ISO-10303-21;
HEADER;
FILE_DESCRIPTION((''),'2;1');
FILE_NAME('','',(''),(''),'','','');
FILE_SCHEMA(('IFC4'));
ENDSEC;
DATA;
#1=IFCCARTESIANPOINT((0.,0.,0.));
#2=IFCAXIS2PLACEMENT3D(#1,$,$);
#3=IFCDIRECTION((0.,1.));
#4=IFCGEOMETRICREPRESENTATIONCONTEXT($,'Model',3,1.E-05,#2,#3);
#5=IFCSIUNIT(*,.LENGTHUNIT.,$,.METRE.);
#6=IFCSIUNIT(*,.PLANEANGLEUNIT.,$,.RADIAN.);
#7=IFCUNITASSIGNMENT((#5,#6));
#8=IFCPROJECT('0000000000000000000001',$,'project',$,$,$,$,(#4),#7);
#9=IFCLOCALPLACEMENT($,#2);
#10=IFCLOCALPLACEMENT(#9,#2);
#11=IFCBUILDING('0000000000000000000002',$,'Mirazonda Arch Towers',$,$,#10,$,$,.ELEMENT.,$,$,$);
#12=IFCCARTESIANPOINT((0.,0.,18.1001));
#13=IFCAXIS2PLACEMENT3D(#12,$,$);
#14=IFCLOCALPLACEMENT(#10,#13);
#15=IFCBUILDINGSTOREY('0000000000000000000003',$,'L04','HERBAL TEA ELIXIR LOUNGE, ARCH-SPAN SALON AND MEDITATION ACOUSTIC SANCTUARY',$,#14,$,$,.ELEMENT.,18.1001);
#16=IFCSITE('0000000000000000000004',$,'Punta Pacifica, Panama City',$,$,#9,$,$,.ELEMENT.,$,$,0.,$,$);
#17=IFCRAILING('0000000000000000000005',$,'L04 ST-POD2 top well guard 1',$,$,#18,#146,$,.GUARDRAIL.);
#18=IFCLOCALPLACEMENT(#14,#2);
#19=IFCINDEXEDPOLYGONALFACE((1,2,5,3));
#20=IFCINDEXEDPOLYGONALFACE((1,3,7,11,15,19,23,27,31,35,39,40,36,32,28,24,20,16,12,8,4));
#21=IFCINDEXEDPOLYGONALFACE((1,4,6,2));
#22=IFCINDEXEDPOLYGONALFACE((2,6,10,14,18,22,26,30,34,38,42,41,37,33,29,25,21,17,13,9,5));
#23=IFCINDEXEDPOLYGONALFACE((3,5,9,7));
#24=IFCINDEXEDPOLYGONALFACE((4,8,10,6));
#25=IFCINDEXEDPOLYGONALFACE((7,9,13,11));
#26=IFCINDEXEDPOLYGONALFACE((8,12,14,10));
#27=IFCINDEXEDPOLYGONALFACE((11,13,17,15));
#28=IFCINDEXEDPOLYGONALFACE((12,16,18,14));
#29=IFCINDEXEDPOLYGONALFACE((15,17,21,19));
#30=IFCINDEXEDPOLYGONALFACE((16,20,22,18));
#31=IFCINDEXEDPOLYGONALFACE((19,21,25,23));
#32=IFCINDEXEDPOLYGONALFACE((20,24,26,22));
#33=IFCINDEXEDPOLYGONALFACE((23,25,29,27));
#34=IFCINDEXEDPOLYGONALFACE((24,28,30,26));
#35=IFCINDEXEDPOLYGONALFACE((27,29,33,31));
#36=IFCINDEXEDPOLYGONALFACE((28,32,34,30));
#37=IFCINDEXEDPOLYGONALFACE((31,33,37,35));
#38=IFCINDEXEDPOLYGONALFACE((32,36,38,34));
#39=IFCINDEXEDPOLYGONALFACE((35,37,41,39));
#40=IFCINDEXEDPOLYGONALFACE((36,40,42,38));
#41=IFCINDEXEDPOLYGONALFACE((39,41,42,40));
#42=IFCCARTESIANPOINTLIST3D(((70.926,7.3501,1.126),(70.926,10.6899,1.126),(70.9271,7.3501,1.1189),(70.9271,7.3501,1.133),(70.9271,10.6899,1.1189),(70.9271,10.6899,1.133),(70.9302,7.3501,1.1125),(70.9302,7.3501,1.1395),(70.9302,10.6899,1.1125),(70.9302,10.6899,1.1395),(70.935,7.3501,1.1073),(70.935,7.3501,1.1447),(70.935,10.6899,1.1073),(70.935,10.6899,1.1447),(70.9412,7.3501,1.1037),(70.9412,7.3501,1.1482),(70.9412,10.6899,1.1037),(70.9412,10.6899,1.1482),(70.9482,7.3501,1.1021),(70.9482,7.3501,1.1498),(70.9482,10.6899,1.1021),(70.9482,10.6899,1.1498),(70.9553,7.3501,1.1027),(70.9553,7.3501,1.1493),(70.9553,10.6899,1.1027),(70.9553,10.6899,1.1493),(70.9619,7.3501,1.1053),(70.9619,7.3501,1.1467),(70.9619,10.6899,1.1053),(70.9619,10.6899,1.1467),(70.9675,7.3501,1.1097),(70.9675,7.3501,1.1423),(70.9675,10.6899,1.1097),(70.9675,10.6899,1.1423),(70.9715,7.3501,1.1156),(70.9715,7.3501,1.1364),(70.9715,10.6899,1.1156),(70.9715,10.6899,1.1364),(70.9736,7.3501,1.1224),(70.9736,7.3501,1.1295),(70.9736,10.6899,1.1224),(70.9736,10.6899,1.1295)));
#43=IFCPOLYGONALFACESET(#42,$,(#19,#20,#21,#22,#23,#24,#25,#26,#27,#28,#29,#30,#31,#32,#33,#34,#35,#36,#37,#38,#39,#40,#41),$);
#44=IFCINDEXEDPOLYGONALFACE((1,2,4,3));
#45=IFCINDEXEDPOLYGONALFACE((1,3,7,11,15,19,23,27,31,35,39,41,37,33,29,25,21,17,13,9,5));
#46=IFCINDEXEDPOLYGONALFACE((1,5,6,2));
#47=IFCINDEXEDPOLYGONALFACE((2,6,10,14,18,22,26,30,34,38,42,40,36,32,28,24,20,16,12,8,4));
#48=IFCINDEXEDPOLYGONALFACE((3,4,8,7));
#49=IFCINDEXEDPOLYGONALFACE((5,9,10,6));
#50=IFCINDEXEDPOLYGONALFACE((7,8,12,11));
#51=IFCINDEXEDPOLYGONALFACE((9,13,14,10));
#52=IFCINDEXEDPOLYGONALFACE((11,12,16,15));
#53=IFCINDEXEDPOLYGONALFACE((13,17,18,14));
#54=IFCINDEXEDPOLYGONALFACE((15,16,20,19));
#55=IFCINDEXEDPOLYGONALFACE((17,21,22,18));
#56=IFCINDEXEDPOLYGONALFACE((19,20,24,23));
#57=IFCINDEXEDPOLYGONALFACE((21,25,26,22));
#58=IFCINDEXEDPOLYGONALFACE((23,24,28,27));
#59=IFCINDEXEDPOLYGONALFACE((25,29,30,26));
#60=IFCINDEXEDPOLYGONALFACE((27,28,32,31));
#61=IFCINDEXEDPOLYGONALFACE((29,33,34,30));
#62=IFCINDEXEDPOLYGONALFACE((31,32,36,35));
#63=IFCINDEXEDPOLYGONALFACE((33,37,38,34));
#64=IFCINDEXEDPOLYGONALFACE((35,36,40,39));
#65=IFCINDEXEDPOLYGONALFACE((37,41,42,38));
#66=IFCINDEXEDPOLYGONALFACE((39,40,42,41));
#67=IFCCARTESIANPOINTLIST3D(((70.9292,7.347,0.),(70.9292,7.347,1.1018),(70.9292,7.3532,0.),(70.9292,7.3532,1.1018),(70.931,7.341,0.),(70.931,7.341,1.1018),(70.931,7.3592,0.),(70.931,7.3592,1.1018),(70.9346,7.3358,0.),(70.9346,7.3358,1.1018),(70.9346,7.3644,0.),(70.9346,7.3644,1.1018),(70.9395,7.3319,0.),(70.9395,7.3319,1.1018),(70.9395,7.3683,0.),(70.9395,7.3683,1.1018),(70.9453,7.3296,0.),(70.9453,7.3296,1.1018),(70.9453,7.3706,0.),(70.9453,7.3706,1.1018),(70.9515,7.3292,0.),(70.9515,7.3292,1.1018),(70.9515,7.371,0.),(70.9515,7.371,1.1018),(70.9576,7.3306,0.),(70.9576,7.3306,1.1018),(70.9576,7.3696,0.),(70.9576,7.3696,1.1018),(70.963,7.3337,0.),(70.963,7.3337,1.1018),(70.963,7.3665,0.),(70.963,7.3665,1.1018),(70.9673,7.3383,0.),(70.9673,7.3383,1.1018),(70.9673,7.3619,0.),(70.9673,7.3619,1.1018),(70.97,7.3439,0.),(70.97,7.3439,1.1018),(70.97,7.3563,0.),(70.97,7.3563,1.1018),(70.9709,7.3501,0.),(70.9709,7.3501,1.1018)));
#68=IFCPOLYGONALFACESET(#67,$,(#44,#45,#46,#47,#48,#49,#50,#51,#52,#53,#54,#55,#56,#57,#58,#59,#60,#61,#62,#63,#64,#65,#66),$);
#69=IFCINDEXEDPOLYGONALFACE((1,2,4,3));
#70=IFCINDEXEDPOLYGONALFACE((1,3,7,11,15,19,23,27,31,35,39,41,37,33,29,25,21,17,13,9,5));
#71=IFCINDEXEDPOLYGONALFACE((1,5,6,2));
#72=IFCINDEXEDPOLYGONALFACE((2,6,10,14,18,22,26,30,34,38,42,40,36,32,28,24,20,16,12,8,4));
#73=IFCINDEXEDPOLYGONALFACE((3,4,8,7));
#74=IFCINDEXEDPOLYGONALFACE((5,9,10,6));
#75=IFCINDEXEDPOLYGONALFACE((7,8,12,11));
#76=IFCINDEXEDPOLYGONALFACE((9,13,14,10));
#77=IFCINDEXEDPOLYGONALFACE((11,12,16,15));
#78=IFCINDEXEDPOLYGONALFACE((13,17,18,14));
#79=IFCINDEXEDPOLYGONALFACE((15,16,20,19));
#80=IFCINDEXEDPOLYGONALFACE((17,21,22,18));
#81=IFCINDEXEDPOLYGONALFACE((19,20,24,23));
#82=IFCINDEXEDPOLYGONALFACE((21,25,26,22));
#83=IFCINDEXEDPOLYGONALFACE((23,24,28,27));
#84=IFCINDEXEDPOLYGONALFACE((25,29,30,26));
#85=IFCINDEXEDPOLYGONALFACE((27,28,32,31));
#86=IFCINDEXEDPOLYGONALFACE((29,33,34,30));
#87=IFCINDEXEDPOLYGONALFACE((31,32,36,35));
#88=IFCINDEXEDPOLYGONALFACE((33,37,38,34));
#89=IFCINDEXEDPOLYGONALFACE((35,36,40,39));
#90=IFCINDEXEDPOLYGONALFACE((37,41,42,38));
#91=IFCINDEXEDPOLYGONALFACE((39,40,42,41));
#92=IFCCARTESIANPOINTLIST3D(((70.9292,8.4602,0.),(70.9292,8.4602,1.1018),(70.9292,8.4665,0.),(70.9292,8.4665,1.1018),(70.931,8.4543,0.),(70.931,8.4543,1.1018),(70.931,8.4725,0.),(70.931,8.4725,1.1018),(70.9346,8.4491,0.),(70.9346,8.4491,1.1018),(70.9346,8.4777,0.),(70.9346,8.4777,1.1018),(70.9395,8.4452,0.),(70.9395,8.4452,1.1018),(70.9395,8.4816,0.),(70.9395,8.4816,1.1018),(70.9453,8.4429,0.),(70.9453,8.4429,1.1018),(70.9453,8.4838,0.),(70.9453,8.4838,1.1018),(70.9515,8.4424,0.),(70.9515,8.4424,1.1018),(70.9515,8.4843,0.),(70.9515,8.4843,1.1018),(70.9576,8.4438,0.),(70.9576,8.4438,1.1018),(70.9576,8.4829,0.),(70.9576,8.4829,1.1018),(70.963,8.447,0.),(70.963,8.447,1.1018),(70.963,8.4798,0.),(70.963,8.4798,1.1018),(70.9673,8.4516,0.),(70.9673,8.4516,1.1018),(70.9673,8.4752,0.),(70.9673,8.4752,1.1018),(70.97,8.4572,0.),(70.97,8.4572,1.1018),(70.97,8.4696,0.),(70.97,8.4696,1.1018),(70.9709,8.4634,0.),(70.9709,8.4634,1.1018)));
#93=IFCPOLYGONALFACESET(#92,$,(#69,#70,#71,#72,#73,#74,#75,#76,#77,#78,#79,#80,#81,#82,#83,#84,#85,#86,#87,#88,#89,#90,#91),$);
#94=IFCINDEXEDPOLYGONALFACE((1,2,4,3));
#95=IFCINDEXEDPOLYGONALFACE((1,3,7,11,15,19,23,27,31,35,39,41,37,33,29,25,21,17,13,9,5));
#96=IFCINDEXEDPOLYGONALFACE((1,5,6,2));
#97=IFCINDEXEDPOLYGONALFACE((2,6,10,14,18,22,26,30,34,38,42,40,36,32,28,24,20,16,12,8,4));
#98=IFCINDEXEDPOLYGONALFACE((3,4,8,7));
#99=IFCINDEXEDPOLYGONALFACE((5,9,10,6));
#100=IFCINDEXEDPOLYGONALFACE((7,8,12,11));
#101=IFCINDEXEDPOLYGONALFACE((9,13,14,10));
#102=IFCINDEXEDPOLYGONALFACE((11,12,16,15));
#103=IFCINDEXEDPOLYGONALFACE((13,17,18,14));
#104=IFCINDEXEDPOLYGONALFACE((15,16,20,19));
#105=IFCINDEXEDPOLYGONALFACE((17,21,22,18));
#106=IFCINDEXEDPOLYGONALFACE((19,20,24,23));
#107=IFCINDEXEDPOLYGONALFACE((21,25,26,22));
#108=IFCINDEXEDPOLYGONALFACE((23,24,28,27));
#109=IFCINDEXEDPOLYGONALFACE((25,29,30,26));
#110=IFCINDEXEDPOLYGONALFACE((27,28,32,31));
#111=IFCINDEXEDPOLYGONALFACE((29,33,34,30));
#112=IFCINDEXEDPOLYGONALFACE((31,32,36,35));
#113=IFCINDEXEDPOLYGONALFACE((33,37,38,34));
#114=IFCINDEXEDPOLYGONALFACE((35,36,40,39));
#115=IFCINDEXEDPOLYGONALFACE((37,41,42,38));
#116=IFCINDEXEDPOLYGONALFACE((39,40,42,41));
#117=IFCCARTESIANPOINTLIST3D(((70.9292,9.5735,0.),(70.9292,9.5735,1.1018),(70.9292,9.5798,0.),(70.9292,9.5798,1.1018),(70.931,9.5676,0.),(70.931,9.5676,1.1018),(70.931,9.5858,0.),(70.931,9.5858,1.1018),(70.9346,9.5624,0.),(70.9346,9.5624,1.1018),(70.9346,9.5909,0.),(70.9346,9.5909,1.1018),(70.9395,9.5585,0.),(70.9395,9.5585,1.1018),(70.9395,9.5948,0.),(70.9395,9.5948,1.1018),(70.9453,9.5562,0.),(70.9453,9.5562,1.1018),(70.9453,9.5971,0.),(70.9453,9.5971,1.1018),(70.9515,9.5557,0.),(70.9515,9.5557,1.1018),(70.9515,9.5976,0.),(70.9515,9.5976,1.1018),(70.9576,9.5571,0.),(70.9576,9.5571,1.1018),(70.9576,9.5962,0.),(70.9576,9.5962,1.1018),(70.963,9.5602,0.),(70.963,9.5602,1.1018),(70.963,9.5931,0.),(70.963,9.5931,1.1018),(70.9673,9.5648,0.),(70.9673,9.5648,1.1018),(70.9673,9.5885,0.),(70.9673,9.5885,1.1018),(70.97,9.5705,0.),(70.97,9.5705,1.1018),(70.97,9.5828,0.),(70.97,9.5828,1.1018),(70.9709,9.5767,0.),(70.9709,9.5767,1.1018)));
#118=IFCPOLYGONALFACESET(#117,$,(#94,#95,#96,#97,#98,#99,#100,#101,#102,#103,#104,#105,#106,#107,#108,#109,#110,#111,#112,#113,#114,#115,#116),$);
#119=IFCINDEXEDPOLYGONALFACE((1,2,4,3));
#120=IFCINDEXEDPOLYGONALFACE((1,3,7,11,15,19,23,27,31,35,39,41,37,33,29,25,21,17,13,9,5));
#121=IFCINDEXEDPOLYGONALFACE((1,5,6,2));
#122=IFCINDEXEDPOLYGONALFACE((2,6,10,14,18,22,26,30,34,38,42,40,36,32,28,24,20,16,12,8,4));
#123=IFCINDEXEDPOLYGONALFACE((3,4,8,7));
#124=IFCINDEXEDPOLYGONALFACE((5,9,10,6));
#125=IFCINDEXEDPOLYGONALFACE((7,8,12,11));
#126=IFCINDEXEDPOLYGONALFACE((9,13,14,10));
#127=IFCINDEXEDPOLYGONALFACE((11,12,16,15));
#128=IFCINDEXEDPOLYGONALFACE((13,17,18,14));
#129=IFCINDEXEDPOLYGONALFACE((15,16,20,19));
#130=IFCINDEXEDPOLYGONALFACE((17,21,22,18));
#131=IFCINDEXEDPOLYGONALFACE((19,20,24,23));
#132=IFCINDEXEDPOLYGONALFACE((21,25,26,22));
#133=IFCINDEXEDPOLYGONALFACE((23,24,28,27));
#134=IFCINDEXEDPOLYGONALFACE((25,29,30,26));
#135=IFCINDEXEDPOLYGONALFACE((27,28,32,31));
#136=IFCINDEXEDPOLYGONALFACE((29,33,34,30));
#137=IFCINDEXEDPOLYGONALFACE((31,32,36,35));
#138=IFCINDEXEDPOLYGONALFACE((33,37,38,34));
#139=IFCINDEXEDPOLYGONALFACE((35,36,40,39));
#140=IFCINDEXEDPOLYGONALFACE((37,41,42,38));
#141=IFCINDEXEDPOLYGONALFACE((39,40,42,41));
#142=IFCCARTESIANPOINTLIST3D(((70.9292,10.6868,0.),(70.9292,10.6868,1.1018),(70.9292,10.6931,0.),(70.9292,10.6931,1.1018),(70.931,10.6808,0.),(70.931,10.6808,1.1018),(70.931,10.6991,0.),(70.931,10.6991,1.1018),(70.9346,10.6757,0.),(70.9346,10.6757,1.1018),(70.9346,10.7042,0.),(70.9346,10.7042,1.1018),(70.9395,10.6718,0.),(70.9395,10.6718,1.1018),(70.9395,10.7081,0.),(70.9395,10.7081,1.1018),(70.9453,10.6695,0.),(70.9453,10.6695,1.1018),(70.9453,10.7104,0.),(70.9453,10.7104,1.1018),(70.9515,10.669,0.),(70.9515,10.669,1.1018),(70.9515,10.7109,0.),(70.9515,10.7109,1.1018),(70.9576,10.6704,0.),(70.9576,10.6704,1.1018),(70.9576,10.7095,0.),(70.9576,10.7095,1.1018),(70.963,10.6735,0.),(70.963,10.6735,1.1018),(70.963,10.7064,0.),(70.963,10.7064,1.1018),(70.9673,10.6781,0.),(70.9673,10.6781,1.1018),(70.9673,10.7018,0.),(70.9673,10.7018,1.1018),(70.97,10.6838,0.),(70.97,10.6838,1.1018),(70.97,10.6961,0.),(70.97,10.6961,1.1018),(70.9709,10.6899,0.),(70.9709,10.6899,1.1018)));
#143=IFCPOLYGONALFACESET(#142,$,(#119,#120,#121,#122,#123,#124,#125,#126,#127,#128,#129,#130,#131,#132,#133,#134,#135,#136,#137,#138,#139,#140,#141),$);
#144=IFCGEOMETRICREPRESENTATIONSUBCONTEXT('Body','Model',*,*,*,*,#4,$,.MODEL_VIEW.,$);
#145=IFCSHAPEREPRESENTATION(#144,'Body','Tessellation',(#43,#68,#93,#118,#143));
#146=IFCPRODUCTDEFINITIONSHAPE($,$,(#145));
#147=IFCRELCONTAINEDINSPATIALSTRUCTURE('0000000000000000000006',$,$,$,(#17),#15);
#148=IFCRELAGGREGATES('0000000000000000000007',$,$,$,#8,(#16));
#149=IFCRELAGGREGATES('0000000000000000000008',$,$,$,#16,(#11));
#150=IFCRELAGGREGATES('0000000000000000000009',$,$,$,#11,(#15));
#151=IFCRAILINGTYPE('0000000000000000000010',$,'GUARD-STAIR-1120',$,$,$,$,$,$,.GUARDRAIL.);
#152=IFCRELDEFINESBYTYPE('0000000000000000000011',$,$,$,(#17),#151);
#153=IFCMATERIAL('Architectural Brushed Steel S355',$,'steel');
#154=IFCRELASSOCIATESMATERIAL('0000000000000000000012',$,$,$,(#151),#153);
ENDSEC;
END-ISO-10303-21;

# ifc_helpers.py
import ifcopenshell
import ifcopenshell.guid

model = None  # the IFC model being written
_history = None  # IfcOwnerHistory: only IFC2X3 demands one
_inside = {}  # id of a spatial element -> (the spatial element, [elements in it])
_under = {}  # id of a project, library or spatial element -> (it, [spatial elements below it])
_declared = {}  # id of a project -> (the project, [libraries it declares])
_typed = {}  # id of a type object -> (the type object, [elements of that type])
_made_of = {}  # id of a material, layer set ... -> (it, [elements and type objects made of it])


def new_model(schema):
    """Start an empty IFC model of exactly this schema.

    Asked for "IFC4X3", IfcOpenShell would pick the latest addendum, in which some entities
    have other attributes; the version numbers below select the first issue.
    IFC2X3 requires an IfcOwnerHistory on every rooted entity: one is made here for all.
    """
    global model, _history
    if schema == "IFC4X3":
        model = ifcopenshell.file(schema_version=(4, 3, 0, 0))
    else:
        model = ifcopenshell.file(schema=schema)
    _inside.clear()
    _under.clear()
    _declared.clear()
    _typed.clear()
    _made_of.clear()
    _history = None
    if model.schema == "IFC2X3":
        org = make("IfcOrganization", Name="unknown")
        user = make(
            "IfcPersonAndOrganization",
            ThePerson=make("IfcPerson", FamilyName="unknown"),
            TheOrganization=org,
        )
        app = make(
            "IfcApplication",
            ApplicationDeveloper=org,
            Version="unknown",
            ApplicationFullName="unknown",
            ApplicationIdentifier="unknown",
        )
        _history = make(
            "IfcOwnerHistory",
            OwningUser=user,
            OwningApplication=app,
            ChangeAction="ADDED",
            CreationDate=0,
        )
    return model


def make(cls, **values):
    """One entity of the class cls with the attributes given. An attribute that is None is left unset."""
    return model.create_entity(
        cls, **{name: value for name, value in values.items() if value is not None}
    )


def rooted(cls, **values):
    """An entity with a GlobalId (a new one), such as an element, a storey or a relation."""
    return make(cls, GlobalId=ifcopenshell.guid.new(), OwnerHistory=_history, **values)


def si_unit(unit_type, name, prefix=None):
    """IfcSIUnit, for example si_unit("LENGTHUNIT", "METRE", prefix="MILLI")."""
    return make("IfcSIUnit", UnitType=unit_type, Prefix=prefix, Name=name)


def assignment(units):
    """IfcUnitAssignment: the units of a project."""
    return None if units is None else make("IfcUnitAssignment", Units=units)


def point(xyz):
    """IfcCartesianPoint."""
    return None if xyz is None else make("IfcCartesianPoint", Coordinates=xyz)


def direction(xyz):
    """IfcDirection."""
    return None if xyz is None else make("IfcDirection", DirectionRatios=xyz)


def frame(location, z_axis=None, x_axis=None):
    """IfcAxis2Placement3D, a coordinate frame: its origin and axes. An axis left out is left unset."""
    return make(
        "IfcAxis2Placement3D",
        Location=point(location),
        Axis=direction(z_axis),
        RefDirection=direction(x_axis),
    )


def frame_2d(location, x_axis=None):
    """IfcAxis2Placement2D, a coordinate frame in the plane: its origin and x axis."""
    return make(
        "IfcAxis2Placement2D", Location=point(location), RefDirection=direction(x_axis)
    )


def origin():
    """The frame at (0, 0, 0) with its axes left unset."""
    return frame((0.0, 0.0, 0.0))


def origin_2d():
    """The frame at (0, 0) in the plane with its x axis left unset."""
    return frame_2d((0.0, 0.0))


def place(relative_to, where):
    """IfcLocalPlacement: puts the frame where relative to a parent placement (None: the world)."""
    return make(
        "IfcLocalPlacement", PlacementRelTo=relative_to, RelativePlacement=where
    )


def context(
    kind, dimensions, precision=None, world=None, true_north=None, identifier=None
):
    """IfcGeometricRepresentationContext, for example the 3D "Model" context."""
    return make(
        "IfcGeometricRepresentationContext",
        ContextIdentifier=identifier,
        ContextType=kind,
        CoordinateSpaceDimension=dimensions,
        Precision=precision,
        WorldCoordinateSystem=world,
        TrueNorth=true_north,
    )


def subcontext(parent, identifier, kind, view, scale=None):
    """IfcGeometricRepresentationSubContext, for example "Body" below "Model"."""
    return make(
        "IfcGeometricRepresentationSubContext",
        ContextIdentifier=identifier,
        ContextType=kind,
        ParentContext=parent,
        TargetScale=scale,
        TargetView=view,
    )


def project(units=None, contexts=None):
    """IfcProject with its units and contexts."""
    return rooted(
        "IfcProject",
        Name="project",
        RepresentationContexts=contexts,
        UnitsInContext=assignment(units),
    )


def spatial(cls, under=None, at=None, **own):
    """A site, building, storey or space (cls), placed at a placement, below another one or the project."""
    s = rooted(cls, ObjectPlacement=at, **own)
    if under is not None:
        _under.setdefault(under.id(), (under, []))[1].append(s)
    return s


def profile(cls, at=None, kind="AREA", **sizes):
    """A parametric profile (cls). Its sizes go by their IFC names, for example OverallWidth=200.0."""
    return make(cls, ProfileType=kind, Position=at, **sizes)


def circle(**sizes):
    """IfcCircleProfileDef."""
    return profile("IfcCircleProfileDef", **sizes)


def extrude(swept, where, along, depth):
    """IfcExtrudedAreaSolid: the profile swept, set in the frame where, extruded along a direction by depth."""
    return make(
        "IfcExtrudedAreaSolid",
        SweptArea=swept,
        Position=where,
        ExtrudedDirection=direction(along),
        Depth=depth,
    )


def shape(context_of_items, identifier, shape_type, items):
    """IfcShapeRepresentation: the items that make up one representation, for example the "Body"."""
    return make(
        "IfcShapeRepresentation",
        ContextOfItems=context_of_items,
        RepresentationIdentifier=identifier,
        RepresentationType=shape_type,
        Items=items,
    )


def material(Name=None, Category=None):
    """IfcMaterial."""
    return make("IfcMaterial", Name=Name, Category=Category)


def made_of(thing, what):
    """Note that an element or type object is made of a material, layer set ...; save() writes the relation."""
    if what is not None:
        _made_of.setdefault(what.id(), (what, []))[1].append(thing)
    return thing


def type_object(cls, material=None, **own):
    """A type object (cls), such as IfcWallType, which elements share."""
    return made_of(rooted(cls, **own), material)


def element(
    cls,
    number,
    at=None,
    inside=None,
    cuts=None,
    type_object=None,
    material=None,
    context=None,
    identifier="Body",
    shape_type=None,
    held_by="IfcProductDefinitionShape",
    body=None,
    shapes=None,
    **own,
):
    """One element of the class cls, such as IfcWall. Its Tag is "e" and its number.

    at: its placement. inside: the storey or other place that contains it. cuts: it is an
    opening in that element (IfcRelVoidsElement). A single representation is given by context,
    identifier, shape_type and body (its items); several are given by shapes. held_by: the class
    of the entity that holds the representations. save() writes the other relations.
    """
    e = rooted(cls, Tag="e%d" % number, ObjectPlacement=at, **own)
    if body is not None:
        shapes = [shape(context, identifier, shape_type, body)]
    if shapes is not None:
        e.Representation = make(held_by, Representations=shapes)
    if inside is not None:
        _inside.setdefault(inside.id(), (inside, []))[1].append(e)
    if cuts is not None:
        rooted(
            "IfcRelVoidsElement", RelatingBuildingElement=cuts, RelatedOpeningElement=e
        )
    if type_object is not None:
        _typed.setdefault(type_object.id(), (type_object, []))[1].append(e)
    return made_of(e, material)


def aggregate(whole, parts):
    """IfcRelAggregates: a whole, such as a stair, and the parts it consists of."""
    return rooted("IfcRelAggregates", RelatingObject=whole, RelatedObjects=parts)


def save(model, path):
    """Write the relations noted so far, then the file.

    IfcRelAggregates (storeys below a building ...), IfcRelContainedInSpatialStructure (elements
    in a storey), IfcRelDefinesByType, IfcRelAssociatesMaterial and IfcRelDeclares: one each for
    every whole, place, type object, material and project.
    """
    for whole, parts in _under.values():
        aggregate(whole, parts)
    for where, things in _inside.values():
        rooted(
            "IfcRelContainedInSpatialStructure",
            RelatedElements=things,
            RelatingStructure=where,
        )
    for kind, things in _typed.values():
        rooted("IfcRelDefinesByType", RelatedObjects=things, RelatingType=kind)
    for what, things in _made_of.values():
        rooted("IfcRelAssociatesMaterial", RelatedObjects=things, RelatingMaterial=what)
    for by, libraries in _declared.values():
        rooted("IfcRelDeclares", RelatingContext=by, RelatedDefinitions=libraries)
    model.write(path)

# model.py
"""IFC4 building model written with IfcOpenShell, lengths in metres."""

from ifc_helpers import new_model, si_unit, direction, frame, origin, origin_2d, place, context, subcontext, project, spatial, circle, extrude, material, type_object, element, save


model = new_model("IFC4")

# Units and contexts
model_context = context("Model", 3, precision=1e-05, world=origin(), true_north=direction((0.0, 1.0)))
body_context = subcontext(model_context, "Body", "Model", "MODEL_VIEW")
ifc_project = project(units=[si_unit("LENGTHUNIT", "METRE"), si_unit("PLANEANGLEUNIT", "RADIAN")], contexts=[model_context])

# Site, building, storey
site_placement = place(None, origin())
site = spatial("IfcSite", under=ifc_project, at=site_placement, Name="Punta Pacifica, Panama City", CompositionType="ELEMENT", RefElevation=0.0)
building_placement = place(site_placement, origin())
building = spatial("IfcBuilding", under=site, at=building_placement, Name="Mirazonda Arch Towers", CompositionType="ELEMENT")
storey_placement = place(building_placement, frame((0.0, 0.0, 18.1001)))
storey = spatial("IfcBuildingStorey", under=building, at=storey_placement, Name="L04", Description="HERBAL TEA ELIXIR LOUNGE, ARCH-SPAN SALON AND MEDITATION ACOUSTIC SANCTUARY", CompositionType="ELEMENT", Elevation=18.1001)

# Railing
ifc_material_1 = material(Name="Architectural Brushed Steel S355", Category="steel")
railing_type_1 = type_object("IfcRailingType", Name="GUARD-STAIR-1120", PredefinedType="GUARDRAIL", material=ifc_material_1)
railing_1_placement = place(storey_placement, frame((70.95, 7.3501, 0.0)))
element("IfcRailing", 1, at=railing_1_placement, inside=storey, type_object=railing_type_1, Name="L04 ST-POD2 top well guard 1", PredefinedType="GUARDRAIL", context=body_context, shape_type="SweptSolid", body=[
    extrude(circle(Radius=0.0239, at=origin_2d()), frame((0.0, 0.0, 1.126), z_axis=(0.0, 1.0, 0.0), x_axis=(-1.0, 0.0, 0.0)), (0.0, 0.0, 1.0), 3.3398),
    extrude(circle(Radius=0.021, at=origin_2d()), origin(), (0.0, 0.0, 1.0), 1.1018),
    extrude(circle(Radius=0.021, at=origin_2d()), frame((0.0, 1.1133, 0.0)), (0.0, 0.0, 1.0), 1.1018),
    extrude(circle(Radius=0.021, at=origin_2d()), frame((0.0, 2.2266, 0.0)), (0.0, 0.0, 1.0), 1.1018),
    extrude(circle(Radius=0.021, at=origin_2d()), frame((0.0, 3.3398, 0.0)), (0.0, 0.0, 1.0), 1.1018),
])

save(model, "model.ifc")
